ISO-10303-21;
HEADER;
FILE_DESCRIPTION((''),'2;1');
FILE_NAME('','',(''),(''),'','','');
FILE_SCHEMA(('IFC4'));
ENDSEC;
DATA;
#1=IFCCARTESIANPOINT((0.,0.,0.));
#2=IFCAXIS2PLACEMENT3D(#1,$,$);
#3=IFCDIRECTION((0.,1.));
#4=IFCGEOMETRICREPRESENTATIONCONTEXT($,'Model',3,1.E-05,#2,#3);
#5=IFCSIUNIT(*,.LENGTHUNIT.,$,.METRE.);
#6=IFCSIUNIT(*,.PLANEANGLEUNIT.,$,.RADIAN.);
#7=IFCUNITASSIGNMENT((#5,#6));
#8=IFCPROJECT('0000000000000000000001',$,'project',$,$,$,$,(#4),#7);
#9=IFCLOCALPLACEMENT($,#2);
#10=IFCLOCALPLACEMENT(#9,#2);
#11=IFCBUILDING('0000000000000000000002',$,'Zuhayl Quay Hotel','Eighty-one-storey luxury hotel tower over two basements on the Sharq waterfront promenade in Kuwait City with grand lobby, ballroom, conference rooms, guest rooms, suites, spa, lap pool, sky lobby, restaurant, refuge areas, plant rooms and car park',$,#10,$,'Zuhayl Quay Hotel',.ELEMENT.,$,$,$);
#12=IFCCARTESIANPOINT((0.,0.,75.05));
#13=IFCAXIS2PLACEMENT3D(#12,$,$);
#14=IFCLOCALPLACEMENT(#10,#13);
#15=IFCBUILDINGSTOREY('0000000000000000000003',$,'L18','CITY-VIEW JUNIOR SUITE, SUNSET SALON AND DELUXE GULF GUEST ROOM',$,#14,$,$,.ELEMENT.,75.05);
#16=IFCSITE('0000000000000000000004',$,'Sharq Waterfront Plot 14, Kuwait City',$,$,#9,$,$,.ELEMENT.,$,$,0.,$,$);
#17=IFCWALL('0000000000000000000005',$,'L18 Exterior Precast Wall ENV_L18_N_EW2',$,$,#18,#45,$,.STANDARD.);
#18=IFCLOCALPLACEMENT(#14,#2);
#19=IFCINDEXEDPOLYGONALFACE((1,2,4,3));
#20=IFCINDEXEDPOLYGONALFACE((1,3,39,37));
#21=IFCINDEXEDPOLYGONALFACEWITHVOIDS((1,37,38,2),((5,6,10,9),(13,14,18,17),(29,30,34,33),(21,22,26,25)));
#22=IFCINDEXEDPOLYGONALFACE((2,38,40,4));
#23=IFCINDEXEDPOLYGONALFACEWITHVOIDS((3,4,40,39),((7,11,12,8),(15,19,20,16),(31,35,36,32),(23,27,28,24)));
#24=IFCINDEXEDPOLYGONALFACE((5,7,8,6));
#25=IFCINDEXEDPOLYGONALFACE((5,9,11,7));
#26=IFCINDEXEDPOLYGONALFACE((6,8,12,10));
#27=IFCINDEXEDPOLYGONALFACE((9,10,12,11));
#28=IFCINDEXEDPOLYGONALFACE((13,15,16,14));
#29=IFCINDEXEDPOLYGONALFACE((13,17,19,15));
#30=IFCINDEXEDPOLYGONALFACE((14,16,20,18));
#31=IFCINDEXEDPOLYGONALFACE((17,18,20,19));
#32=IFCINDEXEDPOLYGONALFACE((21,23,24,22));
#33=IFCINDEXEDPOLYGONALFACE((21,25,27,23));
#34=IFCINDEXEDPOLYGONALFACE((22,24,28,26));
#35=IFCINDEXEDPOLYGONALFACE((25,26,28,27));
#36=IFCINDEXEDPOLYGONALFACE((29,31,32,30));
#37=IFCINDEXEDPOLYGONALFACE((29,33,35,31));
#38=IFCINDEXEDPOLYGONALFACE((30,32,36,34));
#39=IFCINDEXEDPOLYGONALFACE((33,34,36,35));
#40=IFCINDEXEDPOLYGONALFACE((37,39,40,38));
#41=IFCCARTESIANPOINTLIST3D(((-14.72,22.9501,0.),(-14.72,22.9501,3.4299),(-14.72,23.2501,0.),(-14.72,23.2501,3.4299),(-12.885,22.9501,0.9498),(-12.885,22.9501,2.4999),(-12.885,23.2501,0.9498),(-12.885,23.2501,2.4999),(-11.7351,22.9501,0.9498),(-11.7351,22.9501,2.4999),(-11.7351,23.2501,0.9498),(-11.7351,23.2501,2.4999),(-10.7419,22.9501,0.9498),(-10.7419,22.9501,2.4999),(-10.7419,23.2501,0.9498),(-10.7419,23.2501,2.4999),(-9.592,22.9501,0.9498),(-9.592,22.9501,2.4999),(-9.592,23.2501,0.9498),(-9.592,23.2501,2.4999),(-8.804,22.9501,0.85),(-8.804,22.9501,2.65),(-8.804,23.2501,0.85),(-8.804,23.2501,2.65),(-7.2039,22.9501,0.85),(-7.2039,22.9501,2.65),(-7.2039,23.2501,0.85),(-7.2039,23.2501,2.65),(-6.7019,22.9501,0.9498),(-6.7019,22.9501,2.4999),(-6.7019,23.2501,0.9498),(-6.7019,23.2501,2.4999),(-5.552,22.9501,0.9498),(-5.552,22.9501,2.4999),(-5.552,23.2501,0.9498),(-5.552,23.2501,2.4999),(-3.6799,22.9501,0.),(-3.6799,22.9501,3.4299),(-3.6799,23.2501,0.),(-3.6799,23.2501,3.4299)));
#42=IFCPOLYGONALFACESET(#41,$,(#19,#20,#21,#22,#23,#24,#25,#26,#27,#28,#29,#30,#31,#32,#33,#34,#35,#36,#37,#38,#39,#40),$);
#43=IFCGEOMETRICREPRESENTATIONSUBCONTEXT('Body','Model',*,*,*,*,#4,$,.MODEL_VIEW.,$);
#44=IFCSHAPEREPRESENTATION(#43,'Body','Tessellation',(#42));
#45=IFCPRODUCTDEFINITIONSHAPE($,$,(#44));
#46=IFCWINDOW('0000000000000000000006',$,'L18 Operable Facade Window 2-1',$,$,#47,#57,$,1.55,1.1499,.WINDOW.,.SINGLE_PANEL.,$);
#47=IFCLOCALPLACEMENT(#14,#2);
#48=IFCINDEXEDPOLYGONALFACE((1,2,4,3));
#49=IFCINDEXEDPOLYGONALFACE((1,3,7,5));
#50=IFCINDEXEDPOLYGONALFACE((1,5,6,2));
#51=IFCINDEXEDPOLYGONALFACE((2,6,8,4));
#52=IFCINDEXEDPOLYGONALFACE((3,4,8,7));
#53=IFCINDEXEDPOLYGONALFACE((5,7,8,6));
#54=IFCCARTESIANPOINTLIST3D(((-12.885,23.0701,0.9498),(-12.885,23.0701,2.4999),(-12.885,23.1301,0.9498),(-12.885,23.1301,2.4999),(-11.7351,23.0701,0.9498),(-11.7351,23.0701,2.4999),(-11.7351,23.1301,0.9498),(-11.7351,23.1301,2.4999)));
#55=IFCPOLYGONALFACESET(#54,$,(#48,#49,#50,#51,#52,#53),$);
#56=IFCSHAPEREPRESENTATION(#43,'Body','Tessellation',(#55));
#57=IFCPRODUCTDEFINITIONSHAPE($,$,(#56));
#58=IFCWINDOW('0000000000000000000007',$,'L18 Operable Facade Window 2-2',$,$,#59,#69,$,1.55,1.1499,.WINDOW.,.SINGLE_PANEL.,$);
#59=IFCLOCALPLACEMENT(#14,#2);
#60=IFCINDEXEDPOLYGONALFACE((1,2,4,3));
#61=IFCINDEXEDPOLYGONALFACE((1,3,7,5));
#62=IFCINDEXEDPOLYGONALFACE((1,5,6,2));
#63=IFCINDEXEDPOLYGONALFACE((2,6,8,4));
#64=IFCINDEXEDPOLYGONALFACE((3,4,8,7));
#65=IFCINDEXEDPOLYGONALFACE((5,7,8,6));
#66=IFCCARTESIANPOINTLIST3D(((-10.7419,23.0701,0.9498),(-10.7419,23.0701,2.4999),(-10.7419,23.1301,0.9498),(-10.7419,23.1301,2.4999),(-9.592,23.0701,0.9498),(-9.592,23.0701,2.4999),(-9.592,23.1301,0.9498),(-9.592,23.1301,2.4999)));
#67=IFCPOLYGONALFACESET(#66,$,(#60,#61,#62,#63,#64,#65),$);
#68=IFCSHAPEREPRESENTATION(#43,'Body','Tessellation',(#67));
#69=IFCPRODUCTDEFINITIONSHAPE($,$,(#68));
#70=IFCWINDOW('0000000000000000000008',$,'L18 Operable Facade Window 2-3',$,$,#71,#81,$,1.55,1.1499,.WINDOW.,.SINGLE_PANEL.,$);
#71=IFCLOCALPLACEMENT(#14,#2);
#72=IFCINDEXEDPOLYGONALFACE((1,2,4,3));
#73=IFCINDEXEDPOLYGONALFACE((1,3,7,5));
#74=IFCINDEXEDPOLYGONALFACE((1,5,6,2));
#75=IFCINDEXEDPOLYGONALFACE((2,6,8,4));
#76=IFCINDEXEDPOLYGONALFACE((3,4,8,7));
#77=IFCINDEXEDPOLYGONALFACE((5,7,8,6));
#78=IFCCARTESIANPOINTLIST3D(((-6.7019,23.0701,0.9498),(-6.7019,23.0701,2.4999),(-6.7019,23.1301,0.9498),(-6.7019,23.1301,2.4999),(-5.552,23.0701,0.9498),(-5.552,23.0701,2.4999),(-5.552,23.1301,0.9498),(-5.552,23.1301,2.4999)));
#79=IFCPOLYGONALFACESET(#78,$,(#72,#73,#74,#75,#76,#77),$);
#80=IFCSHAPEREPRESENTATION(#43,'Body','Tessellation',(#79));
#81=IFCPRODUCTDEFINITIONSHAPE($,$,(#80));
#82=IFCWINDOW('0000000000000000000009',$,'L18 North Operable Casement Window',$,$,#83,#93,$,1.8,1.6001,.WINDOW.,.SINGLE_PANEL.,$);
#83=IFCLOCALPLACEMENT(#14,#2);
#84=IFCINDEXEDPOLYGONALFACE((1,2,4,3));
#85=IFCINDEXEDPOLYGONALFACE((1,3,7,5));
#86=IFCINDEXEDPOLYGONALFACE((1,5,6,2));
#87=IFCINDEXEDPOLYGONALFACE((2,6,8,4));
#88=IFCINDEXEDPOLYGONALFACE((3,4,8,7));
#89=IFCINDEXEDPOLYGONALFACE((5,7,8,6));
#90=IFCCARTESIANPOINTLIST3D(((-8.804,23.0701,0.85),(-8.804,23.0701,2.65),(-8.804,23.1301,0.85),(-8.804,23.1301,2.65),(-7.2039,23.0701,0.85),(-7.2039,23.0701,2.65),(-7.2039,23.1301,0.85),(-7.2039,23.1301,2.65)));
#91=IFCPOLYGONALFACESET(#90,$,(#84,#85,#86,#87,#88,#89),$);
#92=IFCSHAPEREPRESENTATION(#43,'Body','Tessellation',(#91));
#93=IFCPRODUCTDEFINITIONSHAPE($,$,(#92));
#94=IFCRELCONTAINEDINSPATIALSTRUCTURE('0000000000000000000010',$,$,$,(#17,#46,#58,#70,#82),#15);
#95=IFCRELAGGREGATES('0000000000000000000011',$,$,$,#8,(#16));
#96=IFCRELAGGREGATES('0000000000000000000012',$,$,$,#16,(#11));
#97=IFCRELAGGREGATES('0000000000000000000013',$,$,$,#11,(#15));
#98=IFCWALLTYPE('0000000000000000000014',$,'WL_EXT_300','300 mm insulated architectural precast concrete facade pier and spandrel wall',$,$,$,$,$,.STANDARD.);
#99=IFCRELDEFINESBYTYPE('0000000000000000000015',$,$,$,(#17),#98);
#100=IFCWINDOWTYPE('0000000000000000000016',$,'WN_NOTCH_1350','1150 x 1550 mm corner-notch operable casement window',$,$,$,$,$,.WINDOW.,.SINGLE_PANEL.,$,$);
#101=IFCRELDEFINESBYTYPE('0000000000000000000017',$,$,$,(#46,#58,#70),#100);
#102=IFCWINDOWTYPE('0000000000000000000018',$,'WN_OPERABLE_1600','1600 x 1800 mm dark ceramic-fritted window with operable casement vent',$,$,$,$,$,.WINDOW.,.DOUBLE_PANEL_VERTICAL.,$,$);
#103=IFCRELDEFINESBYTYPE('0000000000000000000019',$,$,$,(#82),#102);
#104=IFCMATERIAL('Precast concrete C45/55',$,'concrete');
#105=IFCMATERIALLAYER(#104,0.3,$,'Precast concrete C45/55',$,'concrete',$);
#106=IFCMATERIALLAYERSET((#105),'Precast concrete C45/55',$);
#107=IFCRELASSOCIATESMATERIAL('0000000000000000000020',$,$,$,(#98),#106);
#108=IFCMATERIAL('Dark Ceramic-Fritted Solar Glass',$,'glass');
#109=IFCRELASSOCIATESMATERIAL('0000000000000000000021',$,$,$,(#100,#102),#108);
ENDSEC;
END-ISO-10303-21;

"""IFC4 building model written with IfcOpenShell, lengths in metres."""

from ifc_helpers import new_model, si_unit, direction, frame, frame_2d, origin, place, context, subcontext, project, spatial, rectangle, extrude, material, layer, layer_set, type_object, element, fill, save


model = new_model("IFC4")

# Units and contexts
model_context = context("Model", 3, precision=1e-05, world=origin(), true_north=direction((0.0, 1.0)))
body_context = subcontext(model_context, "Body", "Model", "MODEL_VIEW")
ifc_project = project(units=[si_unit("LENGTHUNIT", "METRE"), si_unit("PLANEANGLEUNIT", "RADIAN")], contexts=[model_context])

# Site, building, storey
site_placement = place(None, origin())
site = spatial("IfcSite", under=ifc_project, at=site_placement, Name="Sharq Waterfront Plot 14, Kuwait City", CompositionType="ELEMENT", RefElevation=0.0)
building_placement = place(site_placement, origin())
building = spatial("IfcBuilding", under=site, at=building_placement, Name="Zuhayl Quay Hotel", Description="Eighty-one-storey luxury hotel tower over two basements on the Sharq waterfront promenade in Kuwait City with grand lobby, ballroom, conference rooms, guest rooms, suites, spa, lap pool, sky lobby, restaurant, refuge areas, plant rooms and car park", LongName="Zuhayl Quay Hotel", CompositionType="ELEMENT")
storey_placement = place(building_placement, frame((0.0, 0.0, 75.05)))
storey = spatial("IfcBuildingStorey", under=building, at=storey_placement, Name="L18", Description="CITY-VIEW JUNIOR SUITE, SUNSET SALON AND DELUXE GULF GUEST ROOM", CompositionType="ELEMENT", Elevation=75.05)

# Shared definitions
ifc_material_1 = material(Name="Dark Ceramic-Fritted Solar Glass", Category="glass")

# Wall, openings, windows
ifc_material_2 = material(Name="Precast concrete C45/55", Category="concrete")
ifc_layer_1 = layer(ifc_material_2, 0.3, Name="Precast concrete C45/55", Category="concrete")
ifc_layer_set_1 = layer_set([ifc_layer_1], Name="Precast concrete C45/55")
wall_type_1 = type_object("IfcWallType", Name="WL_EXT_300", Description="300 mm insulated architectural precast concrete facade pier and spandrel wall", PredefinedType="STANDARD", material=ifc_layer_set_1)
wall_1_placement = place(storey_placement, frame((-14.72, 23.1001, 0.0), z_axis=(0.0, 0.0, 1.0), x_axis=(1.0, 0.0, 0.0)))
wall_1 = element("IfcWall", 1, at=wall_1_placement, inside=storey, type_object=wall_type_1, Name="L18 Exterior Precast Wall ENV_L18_N_EW2", PredefinedType="STANDARD", context=body_context, shape_type="SweptSolid", body=[
    extrude(rectangle(XDim=11.04, YDim=0.3, at=frame_2d((5.52, 0.0))), origin(), (0.0, 0.0, 1.0), 3.4299),
])
opening_1_placement = place(wall_1_placement, frame((5.916, 0.0, 0.8501)))
opening_1 = element("IfcOpeningElement", 2, at=opening_1_placement, cuts=wall_1, PredefinedType="OPENING", context=body_context, shape_type="SweptSolid", body=[
    extrude(rectangle(XDim=1.6001, YDim=1.8, at=frame_2d((0.8, 0.8999))), frame((0.0, 0.1599, 0.0), z_axis=(0.0, -1.0, 0.0), x_axis=(1.0, 0.0, 0.0)), (0.0, 0.0, 1.0), 0.3201),
])
opening_2_placement = place(wall_1_placement, frame((1.835, 0.0, 0.95)))
opening_2 = element("IfcOpeningElement", 3, at=opening_2_placement, cuts=wall_1, PredefinedType="OPENING", context=body_context, shape_type="SweptSolid", body=[
    extrude(rectangle(XDim=1.1499, YDim=1.55, at=frame_2d((0.575, 0.7749))), frame((0.0, 0.1599, 0.0), z_axis=(0.0, -1.0, 0.0), x_axis=(1.0, 0.0, 0.0)), (0.0, 0.0, 1.0), 0.3201),
])
opening_3_placement = place(wall_1_placement, frame((3.978, 0.0, 0.95)))
opening_3 = element("IfcOpeningElement", 4, at=opening_3_placement, cuts=wall_1, PredefinedType="OPENING", context=body_context, shape_type="SweptSolid", body=[
    extrude(rectangle(XDim=1.1499, YDim=1.55, at=frame_2d((0.575, 0.7749))), frame((0.0, 0.1599, 0.0), z_axis=(0.0, -1.0, 0.0), x_axis=(1.0, 0.0, 0.0)), (0.0, 0.0, 1.0), 0.3201),
])
opening_4_placement = place(wall_1_placement, frame((8.0181, 0.0, 0.95)))
opening_4 = element("IfcOpeningElement", 5, at=opening_4_placement, cuts=wall_1, PredefinedType="OPENING", context=body_context, shape_type="SweptSolid", body=[
    extrude(rectangle(XDim=1.1499, YDim=1.55, at=frame_2d((0.575, 0.7749))), frame((0.0, 0.1599, 0.0), z_axis=(0.0, -1.0, 0.0), x_axis=(1.0, 0.0, 0.0)), (0.0, 0.0, 1.0), 0.3201),
])
window_type_1 = type_object("IfcWindowType", Name="WN_NOTCH_1350", Description="1150 x 1550 mm corner-notch operable casement window", PartitioningType="SINGLE_PANEL", PredefinedType="WINDOW", material=ifc_material_1)
window_1_placement = place(opening_2_placement, origin())
window_1 = element("IfcWindow", 6, at=window_1_placement, inside=storey, type_object=window_type_1, Name="L18 Operable Facade Window 2-1", OverallHeight=1.55, OverallWidth=1.1499, PartitioningType="SINGLE_PANEL", PredefinedType="WINDOW", context=body_context, shape_type="SweptSolid", body=[
    extrude(rectangle(XDim=1.1499, YDim=1.55, at=frame_2d((0.575, 0.7749))), frame((0.0, 0.03, 0.0), z_axis=(0.0, -1.0, 0.0), x_axis=(1.0, 0.0, 0.0)), (0.0, 0.0, 1.0), 0.0601),
])
fill(opening_2, window_1)
window_2_placement = place(opening_3_placement, origin())
window_2 = element("IfcWindow", 7, at=window_2_placement, inside=storey, type_object=window_type_1, Name="L18 Operable Facade Window 2-2", OverallHeight=1.55, OverallWidth=1.1499, PartitioningType="SINGLE_PANEL", PredefinedType="WINDOW", context=body_context, shape_type="SweptSolid", body=[
    extrude(rectangle(XDim=1.1499, YDim=1.55, at=frame_2d((0.575, 0.7749))), frame((0.0, 0.03, 0.0), z_axis=(0.0, -1.0, 0.0), x_axis=(1.0, 0.0, 0.0)), (0.0, 0.0, 1.0), 0.0601),
])
fill(opening_3, window_2)
window_3_placement = place(opening_4_placement, origin())
window_3 = element("IfcWindow", 8, at=window_3_placement, inside=storey, type_object=window_type_1, Name="L18 Operable Facade Window 2-3", OverallHeight=1.55, OverallWidth=1.1499, PartitioningType="SINGLE_PANEL", PredefinedType="WINDOW", context=body_context, shape_type="SweptSolid", body=[
    extrude(rectangle(XDim=1.1499, YDim=1.55, at=frame_2d((0.575, 0.7749))), frame((0.0, 0.03, 0.0), z_axis=(0.0, -1.0, 0.0), x_axis=(1.0, 0.0, 0.0)), (0.0, 0.0, 1.0), 0.0601),
])
fill(opening_4, window_3)
window_type_2 = type_object("IfcWindowType", Name="WN_OPERABLE_1600", Description="1600 x 1800 mm dark ceramic-fritted window with operable casement vent", PartitioningType="DOUBLE_PANEL_VERTICAL", PredefinedType="WINDOW", material=ifc_material_1)
window_4_placement = place(opening_1_placement, origin())
window_4 = element("IfcWindow", 9, at=window_4_placement, inside=storey, type_object=window_type_2, Name="L18 North Operable Casement Window", OverallHeight=1.8, OverallWidth=1.6001, PartitioningType="SINGLE_PANEL", PredefinedType="WINDOW", context=body_context, shape_type="SweptSolid", body=[
    extrude(rectangle(XDim=1.6001, YDim=1.8, at=frame_2d((0.8, 0.8999))), frame((0.0, 0.03, 0.0), z_axis=(0.0, -1.0, 0.0), x_axis=(1.0, 0.0, 0.0)), (0.0, 0.0, 1.0), 0.0601),
])
fill(opening_1, window_4)

save(model, "model.ifc")
